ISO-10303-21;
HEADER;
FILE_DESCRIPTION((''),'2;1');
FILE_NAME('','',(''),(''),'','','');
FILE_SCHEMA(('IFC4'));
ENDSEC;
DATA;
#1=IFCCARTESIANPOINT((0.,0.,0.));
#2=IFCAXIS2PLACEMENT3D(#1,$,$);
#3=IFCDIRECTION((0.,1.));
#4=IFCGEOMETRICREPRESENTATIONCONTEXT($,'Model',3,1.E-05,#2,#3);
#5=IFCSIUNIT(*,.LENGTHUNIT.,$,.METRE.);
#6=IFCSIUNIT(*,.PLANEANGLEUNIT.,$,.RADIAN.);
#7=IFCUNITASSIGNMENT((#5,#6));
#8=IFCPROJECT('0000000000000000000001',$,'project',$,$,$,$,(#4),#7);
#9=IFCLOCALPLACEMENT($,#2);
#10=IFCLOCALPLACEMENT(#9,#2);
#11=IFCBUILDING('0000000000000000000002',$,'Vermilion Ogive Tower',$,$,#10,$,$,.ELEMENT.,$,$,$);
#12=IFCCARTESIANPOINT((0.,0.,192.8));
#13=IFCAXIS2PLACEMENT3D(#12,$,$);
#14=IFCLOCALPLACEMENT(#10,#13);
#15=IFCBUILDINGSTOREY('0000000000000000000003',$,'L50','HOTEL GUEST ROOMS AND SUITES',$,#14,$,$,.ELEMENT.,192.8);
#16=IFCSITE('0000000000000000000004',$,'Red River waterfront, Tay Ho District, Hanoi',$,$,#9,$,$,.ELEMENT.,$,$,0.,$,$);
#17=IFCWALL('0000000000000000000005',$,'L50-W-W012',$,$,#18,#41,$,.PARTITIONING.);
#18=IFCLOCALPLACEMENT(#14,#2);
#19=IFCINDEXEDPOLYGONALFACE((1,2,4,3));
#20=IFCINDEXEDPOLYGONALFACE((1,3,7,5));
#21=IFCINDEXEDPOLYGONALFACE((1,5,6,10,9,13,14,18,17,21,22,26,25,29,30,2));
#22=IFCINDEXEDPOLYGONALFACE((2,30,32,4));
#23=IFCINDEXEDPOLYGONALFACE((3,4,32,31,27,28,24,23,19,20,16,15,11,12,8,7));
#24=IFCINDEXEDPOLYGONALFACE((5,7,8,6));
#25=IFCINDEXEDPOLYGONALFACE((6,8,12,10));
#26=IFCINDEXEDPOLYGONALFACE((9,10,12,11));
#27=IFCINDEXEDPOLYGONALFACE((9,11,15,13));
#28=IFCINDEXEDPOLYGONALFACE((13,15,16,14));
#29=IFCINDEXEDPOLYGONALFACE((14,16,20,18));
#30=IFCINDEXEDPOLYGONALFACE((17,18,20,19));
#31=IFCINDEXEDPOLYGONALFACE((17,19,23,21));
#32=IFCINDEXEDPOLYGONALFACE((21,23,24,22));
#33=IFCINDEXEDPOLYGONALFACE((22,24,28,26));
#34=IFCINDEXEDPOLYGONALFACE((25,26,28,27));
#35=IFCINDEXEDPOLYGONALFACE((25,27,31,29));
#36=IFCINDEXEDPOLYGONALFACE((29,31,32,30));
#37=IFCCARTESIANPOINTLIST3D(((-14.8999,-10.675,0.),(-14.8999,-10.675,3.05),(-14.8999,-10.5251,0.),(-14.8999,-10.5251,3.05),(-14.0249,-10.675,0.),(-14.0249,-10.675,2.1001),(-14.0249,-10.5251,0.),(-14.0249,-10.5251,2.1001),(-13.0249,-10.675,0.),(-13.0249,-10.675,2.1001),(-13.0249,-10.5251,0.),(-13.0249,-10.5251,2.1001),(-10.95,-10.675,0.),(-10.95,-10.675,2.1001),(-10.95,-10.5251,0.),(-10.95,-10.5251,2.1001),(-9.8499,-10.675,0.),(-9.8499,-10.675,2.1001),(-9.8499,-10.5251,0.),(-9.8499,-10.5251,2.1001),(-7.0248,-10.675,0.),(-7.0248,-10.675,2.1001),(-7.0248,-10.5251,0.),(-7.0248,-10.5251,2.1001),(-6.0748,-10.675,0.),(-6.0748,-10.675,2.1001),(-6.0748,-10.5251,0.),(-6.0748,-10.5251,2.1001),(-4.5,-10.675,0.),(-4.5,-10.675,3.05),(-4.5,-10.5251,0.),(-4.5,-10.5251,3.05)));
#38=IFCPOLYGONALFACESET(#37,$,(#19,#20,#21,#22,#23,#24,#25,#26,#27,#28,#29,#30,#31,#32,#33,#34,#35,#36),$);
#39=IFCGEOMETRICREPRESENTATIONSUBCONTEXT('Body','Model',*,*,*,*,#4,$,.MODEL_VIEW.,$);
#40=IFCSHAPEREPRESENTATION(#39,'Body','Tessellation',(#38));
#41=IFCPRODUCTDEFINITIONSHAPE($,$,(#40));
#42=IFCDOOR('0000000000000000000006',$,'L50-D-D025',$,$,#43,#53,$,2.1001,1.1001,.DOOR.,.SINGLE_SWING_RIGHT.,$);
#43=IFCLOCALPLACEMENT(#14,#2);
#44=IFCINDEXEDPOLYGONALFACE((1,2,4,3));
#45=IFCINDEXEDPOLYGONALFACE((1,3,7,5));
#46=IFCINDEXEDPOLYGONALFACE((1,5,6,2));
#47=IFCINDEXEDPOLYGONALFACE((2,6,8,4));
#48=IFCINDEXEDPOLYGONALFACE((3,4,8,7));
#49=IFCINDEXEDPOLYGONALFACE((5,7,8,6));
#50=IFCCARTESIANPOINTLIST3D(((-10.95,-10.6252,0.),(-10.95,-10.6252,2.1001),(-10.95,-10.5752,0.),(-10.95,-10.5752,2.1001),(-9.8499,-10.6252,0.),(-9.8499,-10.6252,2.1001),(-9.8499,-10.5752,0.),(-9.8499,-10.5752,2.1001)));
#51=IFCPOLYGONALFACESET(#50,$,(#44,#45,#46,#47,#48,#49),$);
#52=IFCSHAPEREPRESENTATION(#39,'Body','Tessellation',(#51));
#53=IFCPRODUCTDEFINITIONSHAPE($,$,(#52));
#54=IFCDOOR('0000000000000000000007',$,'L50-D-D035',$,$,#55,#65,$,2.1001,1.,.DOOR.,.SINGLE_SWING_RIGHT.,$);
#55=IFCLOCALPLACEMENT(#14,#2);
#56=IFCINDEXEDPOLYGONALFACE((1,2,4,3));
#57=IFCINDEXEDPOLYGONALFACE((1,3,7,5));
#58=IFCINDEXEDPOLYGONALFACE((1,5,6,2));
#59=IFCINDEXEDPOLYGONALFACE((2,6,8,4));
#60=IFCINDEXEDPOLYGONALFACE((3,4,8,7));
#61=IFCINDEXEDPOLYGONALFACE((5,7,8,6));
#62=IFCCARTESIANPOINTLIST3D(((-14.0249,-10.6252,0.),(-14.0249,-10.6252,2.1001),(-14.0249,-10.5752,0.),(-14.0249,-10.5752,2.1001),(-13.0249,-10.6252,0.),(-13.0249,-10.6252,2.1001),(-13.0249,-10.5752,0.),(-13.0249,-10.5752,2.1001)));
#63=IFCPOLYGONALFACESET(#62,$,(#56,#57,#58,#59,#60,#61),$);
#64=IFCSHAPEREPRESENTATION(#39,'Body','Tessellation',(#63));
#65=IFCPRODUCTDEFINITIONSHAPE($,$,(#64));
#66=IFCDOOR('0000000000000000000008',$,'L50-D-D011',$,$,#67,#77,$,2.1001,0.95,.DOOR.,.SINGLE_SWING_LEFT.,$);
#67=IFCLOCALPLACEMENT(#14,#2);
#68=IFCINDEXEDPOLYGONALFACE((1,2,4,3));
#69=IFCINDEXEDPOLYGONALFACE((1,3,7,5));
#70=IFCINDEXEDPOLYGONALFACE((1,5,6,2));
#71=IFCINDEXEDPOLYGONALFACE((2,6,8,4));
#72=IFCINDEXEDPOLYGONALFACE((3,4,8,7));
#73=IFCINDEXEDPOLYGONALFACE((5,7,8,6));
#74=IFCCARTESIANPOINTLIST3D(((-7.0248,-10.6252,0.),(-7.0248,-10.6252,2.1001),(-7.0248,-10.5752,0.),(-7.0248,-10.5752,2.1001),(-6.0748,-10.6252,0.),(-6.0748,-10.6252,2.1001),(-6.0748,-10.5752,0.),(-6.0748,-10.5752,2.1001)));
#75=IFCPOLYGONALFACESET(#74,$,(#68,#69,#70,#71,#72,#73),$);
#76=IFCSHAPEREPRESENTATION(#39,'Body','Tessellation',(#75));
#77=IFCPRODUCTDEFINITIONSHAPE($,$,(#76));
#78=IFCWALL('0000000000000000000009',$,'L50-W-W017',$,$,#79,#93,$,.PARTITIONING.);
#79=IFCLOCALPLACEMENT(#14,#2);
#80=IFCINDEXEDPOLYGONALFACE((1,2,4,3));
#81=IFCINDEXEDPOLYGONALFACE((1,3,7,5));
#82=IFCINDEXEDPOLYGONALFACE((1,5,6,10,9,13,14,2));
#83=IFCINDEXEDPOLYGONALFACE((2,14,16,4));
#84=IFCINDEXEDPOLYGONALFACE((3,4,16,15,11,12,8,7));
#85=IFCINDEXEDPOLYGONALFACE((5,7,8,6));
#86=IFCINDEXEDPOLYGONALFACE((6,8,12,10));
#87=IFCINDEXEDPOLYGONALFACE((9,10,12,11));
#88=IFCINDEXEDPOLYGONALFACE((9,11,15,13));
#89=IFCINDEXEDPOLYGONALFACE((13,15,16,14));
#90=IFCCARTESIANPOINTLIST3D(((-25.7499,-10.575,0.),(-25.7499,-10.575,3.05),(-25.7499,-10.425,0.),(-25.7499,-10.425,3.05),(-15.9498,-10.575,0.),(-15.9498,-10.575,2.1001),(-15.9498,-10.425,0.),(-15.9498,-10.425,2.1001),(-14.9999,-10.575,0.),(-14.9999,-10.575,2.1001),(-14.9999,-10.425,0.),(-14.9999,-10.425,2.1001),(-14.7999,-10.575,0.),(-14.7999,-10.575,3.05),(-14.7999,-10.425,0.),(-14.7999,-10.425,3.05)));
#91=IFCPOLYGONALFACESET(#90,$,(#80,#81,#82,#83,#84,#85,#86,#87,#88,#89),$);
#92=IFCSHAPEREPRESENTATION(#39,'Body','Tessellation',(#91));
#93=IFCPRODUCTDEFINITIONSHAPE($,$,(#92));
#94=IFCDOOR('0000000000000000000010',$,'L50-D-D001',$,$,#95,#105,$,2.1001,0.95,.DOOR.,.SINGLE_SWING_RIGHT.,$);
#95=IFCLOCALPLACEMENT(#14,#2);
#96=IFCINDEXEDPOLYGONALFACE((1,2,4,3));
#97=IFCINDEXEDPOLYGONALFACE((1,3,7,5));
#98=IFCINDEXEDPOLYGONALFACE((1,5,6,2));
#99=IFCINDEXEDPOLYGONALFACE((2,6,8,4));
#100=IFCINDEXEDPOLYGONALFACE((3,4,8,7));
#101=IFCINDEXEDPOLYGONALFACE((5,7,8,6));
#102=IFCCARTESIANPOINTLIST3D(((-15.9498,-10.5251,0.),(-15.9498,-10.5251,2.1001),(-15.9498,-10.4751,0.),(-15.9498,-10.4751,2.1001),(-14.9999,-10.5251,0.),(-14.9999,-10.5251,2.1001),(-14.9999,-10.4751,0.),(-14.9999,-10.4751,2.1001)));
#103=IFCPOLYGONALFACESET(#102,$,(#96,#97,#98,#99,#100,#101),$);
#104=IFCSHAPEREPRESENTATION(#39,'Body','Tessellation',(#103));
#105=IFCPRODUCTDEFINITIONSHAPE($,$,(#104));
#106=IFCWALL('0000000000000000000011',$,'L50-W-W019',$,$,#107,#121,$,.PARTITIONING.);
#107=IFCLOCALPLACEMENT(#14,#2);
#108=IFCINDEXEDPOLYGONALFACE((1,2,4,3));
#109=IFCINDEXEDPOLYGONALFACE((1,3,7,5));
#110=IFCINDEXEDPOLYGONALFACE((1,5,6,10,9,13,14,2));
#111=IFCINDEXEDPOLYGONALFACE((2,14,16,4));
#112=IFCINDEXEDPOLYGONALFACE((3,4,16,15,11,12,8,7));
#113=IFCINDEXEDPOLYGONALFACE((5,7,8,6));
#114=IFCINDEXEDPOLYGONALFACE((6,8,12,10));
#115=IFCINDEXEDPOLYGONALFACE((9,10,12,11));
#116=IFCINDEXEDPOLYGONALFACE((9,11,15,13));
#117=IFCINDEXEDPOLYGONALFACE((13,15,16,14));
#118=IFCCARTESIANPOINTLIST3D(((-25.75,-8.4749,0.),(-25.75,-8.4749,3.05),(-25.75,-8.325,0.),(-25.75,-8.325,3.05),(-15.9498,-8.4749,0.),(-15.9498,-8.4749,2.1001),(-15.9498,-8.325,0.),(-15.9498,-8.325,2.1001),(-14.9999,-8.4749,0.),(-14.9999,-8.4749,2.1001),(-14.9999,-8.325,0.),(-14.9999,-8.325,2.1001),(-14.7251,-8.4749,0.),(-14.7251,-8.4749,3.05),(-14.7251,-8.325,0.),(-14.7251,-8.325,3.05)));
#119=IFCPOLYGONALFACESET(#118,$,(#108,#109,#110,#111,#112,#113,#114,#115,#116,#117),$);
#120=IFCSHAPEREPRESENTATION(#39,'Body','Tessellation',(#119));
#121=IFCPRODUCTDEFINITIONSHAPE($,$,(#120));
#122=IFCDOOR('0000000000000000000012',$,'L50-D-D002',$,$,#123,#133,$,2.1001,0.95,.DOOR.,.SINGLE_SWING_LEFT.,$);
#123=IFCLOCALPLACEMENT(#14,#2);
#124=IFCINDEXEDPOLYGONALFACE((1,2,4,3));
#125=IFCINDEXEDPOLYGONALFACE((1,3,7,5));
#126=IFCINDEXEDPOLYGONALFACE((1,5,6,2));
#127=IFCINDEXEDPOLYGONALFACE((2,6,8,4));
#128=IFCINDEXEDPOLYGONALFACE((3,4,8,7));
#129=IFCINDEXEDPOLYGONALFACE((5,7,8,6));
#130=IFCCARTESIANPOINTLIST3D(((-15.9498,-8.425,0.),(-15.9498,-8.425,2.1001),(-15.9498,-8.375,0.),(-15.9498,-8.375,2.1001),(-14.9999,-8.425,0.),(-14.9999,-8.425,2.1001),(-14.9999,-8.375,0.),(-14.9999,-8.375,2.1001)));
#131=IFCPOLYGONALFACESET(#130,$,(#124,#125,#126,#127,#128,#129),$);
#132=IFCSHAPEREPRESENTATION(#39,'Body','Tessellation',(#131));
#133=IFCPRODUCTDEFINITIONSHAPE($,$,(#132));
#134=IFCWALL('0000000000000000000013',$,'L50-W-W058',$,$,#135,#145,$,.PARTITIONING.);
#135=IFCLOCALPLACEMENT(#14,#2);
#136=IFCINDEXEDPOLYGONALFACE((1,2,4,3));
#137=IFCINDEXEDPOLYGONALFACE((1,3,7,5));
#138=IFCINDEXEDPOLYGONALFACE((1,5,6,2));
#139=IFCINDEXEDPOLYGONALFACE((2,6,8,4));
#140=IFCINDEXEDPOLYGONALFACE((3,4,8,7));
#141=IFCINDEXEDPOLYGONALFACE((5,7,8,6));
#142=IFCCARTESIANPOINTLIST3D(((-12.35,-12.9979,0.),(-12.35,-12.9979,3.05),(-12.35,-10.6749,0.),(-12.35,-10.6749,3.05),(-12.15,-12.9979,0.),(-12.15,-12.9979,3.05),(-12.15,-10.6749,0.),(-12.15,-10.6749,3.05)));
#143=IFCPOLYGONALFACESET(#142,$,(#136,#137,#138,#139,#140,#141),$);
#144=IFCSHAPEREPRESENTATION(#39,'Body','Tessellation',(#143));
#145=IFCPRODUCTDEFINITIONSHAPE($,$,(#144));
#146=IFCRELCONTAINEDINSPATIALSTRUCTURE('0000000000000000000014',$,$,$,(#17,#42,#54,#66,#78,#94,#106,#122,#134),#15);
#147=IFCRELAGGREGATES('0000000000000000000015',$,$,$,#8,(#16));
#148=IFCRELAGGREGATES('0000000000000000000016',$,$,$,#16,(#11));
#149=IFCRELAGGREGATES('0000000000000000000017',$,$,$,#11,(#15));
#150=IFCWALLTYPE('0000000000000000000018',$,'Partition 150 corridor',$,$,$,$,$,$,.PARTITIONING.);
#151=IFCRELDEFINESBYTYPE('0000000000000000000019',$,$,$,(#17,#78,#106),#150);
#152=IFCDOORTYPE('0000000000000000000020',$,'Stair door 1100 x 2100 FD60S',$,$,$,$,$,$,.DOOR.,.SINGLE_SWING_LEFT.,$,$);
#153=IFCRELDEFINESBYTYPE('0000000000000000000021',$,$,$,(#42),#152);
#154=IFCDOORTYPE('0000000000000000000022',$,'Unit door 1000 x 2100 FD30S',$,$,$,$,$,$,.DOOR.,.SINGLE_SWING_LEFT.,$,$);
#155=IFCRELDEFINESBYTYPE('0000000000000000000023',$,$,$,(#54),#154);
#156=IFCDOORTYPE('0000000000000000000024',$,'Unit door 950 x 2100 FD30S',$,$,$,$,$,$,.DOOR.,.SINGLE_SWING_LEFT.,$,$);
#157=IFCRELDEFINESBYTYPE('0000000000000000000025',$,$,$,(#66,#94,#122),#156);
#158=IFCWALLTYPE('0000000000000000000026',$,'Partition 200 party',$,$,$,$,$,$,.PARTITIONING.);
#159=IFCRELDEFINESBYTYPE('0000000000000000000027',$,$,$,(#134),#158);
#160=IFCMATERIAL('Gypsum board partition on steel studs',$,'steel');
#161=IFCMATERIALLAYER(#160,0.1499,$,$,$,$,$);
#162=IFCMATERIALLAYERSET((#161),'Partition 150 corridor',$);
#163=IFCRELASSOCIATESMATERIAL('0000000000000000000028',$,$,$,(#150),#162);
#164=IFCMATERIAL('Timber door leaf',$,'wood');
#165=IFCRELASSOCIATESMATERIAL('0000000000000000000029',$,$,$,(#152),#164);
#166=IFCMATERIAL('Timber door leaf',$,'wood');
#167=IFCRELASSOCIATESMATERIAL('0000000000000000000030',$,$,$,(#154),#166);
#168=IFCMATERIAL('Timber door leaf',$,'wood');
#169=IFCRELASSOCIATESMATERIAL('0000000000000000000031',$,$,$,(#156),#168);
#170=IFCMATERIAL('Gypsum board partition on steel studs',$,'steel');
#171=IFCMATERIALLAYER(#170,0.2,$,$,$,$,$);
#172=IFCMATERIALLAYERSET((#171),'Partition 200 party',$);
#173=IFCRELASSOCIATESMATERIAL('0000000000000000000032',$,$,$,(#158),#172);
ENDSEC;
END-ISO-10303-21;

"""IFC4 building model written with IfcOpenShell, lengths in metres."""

from ifc_helpers import new_model, si_unit, direction, frame, frame_2d, origin, place, context, subcontext, project, spatial, rectangle, extrude, material, layer, layer_set, type_object, element, fill, save


model = new_model("IFC4")

# Units and contexts
model_context = context("Model", 3, precision=1e-05, world=origin(), true_north=direction((0.0, 1.0)))
body_context = subcontext(model_context, "Body", "Model", "MODEL_VIEW")
ifc_project = project(units=[si_unit("LENGTHUNIT", "METRE"), si_unit("PLANEANGLEUNIT", "RADIAN")], contexts=[model_context])

# Site, building, storey
site_placement = place(None, origin())
site = spatial("IfcSite", under=ifc_project, at=site_placement, Name="Red River waterfront, Tay Ho District, Hanoi", CompositionType="ELEMENT", RefElevation=0.0)
building_placement = place(site_placement, origin())
building = spatial("IfcBuilding", under=site, at=building_placement, Name="Vermilion Ogive Tower", CompositionType="ELEMENT")
storey_placement = place(building_placement, frame((0.0, 0.0, 192.8)))
storey = spatial("IfcBuildingStorey", under=building, at=storey_placement, Name="L50", Description="HOTEL GUEST ROOMS AND SUITES", CompositionType="ELEMENT", Elevation=192.8)

# Wall, openings, doors
ifc_material_1 = material(Name="Gypsum board partition on steel studs", Category="steel")
ifc_layer_1 = layer(ifc_material_1, 0.1499)
ifc_layer_set_1 = layer_set([ifc_layer_1], Name="Partition 150 corridor")
wall_type_1 = type_object("IfcWallType", Name="Partition 150 corridor", PredefinedType="PARTITIONING", material=ifc_layer_set_1)
wall_1_placement = place(storey_placement, frame((-14.8999, -10.6001, 0.0), z_axis=(0.0, 0.0, 1.0), x_axis=(1.0, 0.0, 0.0)))
wall_1 = element("IfcWall", 1, at=wall_1_placement, inside=storey, type_object=wall_type_1, Name="L50-W-W012", PredefinedType="PARTITIONING", context=body_context, shape_type="SweptSolid", body=[
    extrude(rectangle(XDim=10.3999, YDim=0.1499, at=frame_2d((5.2, 0.0))), origin(), (0.0, 0.0, 1.0), 3.05),
])
opening_1_placement = place(wall_1_placement, frame((7.875, 0.0, 0.0)))
opening_1 = element("IfcOpeningElement", 2, at=opening_1_placement, cuts=wall_1, PredefinedType="OPENING", context=body_context, shape_type="SweptSolid", body=[
    extrude(rectangle(XDim=0.95, YDim=2.1001, at=frame_2d((0.4751, 1.05))), frame((0.0, 0.085, 0.0), z_axis=(0.0, -1.0, 0.0), x_axis=(1.0, 0.0, 0.0)), (0.0, 0.0, 1.0), 0.1699),
])
opening_2_placement = place(wall_1_placement, frame((3.95, 0.0, 0.0)))
opening_2 = element("IfcOpeningElement", 3, at=opening_2_placement, cuts=wall_1, PredefinedType="OPENING", context=body_context, shape_type="SweptSolid", body=[
    extrude(rectangle(XDim=1.1001, YDim=2.1001, at=frame_2d((0.55, 1.05))), frame((0.0, 0.085, 0.0), z_axis=(0.0, -1.0, 0.0), x_axis=(1.0, 0.0, 0.0)), (0.0, 0.0, 1.0), 0.1699),
])
opening_3_placement = place(wall_1_placement, frame((0.875, 0.0, 0.0)))
opening_3 = element("IfcOpeningElement", 4, at=opening_3_placement, cuts=wall_1, PredefinedType="OPENING", context=body_context, shape_type="SweptSolid", body=[
    extrude(rectangle(XDim=1.0, YDim=2.1001, at=frame_2d((0.5, 1.05))), frame((0.0, 0.085, 0.0), z_axis=(0.0, -1.0, 0.0), x_axis=(1.0, 0.0, 0.0)), (0.0, 0.0, 1.0), 0.1699),
])
ifc_material_2 = material(Name="Timber door leaf", Category="wood")
door_type_1 = type_object("IfcDoorType", Name="Stair door 1100 x 2100 FD60S", OperationType="SINGLE_SWING_LEFT", PredefinedType="DOOR", material=ifc_material_2)
door_1_placement = place(opening_2_placement, origin())
door_1 = element("IfcDoor", 5, at=door_1_placement, inside=storey, type_object=door_type_1, Name="L50-D-D025", OperationType="SINGLE_SWING_RIGHT", OverallHeight=2.1001, OverallWidth=1.1001, PredefinedType="DOOR", context=body_context, shape_type="SweptSolid", body=[
    extrude(rectangle(XDim=1.1001, YDim=2.1001, at=frame_2d((0.55, 1.05))), frame((0.0, 0.0249, 0.0), z_axis=(0.0, -1.0, 0.0), x_axis=(1.0, 0.0, 0.0)), (0.0, 0.0, 1.0), 0.05),
])
fill(opening_2, door_1)
ifc_material_3 = material(Name="Timber door leaf", Category="wood")
door_type_2 = type_object("IfcDoorType", Name="Unit door 1000 x 2100 FD30S", OperationType="SINGLE_SWING_LEFT", PredefinedType="DOOR", material=ifc_material_3)
door_2_placement = place(opening_3_placement, origin())
door_2 = element("IfcDoor", 6, at=door_2_placement, inside=storey, type_object=door_type_2, Name="L50-D-D035", OperationType="SINGLE_SWING_RIGHT", OverallHeight=2.1001, OverallWidth=1.0, PredefinedType="DOOR", context=body_context, shape_type="SweptSolid", body=[
    extrude(rectangle(XDim=1.0, YDim=2.1001, at=frame_2d((0.5, 1.05))), frame((0.0, 0.0249, 0.0), z_axis=(0.0, -1.0, 0.0), x_axis=(1.0, 0.0, 0.0)), (0.0, 0.0, 1.0), 0.05),
])
fill(opening_3, door_2)
ifc_material_4 = material(Name="Timber door leaf", Category="wood")
door_type_3 = type_object("IfcDoorType", Name="Unit door 950 x 2100 FD30S", OperationType="SINGLE_SWING_LEFT", PredefinedType="DOOR", material=ifc_material_4)
door_3_placement = place(opening_1_placement, origin())
door_3 = element("IfcDoor", 7, at=door_3_placement, inside=storey, type_object=door_type_3, Name="L50-D-D011", OperationType="SINGLE_SWING_LEFT", OverallHeight=2.1001, OverallWidth=0.95, PredefinedType="DOOR", context=body_context, shape_type="SweptSolid", body=[
    extrude(rectangle(XDim=0.95, YDim=2.1001, at=frame_2d((0.4751, 1.05))), frame((0.0, 0.0249, 0.0), z_axis=(0.0, -1.0, 0.0), x_axis=(1.0, 0.0, 0.0)), (0.0, 0.0, 1.0), 0.05),
])
fill(opening_1, door_3)

# Walls, openings, doors
wall_2_placement = place(storey_placement, frame((-25.75, -10.5, 0.0), z_axis=(0.0, 0.0, 1.0), x_axis=(1.0, 0.0, 0.0)))
wall_2 = element("IfcWall", 8, at=wall_2_placement, inside=storey, type_object=wall_type_1, Name="L50-W-W017", PredefinedType="PARTITIONING", context=body_context, shape_type="SweptSolid", body=[
    extrude(rectangle(XDim=10.95, YDim=0.1499, at=frame_2d((5.4751, 0.0))), origin(), (0.0, 0.0, 1.0), 3.05),
])
opening_4_placement = place(wall_2_placement, frame((9.8, 0.0, 0.0)))
opening_4 = element("IfcOpeningElement", 9, at=opening_4_placement, cuts=wall_2, PredefinedType="OPENING", context=body_context, shape_type="SweptSolid", body=[
    extrude(rectangle(XDim=0.95, YDim=2.1001, at=frame_2d((0.4751, 1.05))), frame((0.0, 0.085, 0.0), z_axis=(0.0, -1.0, 0.0), x_axis=(1.0, 0.0, 0.0)), (0.0, 0.0, 1.0), 0.1699),
])
door_4_placement = place(opening_4_placement, origin())
door_4 = element("IfcDoor", 10, at=door_4_placement, inside=storey, type_object=door_type_3, Name="L50-D-D001", OperationType="SINGLE_SWING_RIGHT", OverallHeight=2.1001, OverallWidth=0.95, PredefinedType="DOOR", context=body_context, shape_type="SweptSolid", body=[
    extrude(rectangle(XDim=0.95, YDim=2.1001, at=frame_2d((0.4751, 1.05))), frame((0.0, 0.0249, 0.0), z_axis=(0.0, -1.0, 0.0), x_axis=(1.0, 0.0, 0.0)), (0.0, 0.0, 1.0), 0.05),
])
fill(opening_4, door_4)
wall_3_placement = place(storey_placement, frame((-25.75, -8.3999, 0.0), z_axis=(0.0, 0.0, 1.0), x_axis=(1.0, 0.0, 0.0)))
wall_3 = element("IfcWall", 11, at=wall_3_placement, inside=storey, type_object=wall_type_1, Name="L50-W-W019", PredefinedType="PARTITIONING", context=body_context, shape_type="SweptSolid", body=[
    extrude(rectangle(XDim=11.0249, YDim=0.1499, at=frame_2d((5.5125, 0.0))), origin(), (0.0, 0.0, 1.0), 3.05),
])
opening_5_placement = place(wall_3_placement, frame((9.8, 0.0, 0.0)))
opening_5 = element("IfcOpeningElement", 12, at=opening_5_placement, cuts=wall_3, PredefinedType="OPENING", context=body_context, shape_type="SweptSolid", body=[
    extrude(rectangle(XDim=0.95, YDim=2.1001, at=frame_2d((0.4751, 1.05))), frame((0.0, 0.085, 0.0), z_axis=(0.0, -1.0, 0.0), x_axis=(1.0, 0.0, 0.0)), (0.0, 0.0, 1.0), 0.1699),
])
door_5_placement = place(opening_5_placement, origin())
door_5 = element("IfcDoor", 13, at=door_5_placement, inside=storey, type_object=door_type_3, Name="L50-D-D002", OperationType="SINGLE_SWING_LEFT", OverallHeight=2.1001, OverallWidth=0.95, PredefinedType="DOOR", context=body_context, shape_type="SweptSolid", body=[
    extrude(rectangle(XDim=0.95, YDim=2.1001, at=frame_2d((0.4751, 1.05))), frame((0.0, 0.0249, 0.0), z_axis=(0.0, -1.0, 0.0), x_axis=(1.0, 0.0, 0.0)), (0.0, 0.0, 1.0), 0.05),
])
fill(opening_5, door_5)

# Wall
ifc_material_5 = material(Name="Gypsum board partition on steel studs", Category="steel")
ifc_layer_2 = layer(ifc_material_5, 0.2)
ifc_layer_set_2 = layer_set([ifc_layer_2], Name="Partition 200 party")
wall_type_2 = type_object("IfcWallType", Name="Partition 200 party", PredefinedType="PARTITIONING", material=ifc_layer_set_2)
wall_4_placement = place(storey_placement, frame((-12.25, -12.998, 0.0), z_axis=(0.0, 0.0, 1.0), x_axis=(0.0, 1.0, 0.0)))
element("IfcWall", 14, at=wall_4_placement, inside=storey, type_object=wall_type_2, Name="L50-W-W058", PredefinedType="PARTITIONING", context=body_context, shape_type="SweptSolid", body=[
    extrude(rectangle(XDim=2.323, YDim=0.2, at=frame_2d((1.1616, 0.0))), origin(), (0.0, 0.0, 1.0), 3.05),
])

save(model, "model.ifc")
